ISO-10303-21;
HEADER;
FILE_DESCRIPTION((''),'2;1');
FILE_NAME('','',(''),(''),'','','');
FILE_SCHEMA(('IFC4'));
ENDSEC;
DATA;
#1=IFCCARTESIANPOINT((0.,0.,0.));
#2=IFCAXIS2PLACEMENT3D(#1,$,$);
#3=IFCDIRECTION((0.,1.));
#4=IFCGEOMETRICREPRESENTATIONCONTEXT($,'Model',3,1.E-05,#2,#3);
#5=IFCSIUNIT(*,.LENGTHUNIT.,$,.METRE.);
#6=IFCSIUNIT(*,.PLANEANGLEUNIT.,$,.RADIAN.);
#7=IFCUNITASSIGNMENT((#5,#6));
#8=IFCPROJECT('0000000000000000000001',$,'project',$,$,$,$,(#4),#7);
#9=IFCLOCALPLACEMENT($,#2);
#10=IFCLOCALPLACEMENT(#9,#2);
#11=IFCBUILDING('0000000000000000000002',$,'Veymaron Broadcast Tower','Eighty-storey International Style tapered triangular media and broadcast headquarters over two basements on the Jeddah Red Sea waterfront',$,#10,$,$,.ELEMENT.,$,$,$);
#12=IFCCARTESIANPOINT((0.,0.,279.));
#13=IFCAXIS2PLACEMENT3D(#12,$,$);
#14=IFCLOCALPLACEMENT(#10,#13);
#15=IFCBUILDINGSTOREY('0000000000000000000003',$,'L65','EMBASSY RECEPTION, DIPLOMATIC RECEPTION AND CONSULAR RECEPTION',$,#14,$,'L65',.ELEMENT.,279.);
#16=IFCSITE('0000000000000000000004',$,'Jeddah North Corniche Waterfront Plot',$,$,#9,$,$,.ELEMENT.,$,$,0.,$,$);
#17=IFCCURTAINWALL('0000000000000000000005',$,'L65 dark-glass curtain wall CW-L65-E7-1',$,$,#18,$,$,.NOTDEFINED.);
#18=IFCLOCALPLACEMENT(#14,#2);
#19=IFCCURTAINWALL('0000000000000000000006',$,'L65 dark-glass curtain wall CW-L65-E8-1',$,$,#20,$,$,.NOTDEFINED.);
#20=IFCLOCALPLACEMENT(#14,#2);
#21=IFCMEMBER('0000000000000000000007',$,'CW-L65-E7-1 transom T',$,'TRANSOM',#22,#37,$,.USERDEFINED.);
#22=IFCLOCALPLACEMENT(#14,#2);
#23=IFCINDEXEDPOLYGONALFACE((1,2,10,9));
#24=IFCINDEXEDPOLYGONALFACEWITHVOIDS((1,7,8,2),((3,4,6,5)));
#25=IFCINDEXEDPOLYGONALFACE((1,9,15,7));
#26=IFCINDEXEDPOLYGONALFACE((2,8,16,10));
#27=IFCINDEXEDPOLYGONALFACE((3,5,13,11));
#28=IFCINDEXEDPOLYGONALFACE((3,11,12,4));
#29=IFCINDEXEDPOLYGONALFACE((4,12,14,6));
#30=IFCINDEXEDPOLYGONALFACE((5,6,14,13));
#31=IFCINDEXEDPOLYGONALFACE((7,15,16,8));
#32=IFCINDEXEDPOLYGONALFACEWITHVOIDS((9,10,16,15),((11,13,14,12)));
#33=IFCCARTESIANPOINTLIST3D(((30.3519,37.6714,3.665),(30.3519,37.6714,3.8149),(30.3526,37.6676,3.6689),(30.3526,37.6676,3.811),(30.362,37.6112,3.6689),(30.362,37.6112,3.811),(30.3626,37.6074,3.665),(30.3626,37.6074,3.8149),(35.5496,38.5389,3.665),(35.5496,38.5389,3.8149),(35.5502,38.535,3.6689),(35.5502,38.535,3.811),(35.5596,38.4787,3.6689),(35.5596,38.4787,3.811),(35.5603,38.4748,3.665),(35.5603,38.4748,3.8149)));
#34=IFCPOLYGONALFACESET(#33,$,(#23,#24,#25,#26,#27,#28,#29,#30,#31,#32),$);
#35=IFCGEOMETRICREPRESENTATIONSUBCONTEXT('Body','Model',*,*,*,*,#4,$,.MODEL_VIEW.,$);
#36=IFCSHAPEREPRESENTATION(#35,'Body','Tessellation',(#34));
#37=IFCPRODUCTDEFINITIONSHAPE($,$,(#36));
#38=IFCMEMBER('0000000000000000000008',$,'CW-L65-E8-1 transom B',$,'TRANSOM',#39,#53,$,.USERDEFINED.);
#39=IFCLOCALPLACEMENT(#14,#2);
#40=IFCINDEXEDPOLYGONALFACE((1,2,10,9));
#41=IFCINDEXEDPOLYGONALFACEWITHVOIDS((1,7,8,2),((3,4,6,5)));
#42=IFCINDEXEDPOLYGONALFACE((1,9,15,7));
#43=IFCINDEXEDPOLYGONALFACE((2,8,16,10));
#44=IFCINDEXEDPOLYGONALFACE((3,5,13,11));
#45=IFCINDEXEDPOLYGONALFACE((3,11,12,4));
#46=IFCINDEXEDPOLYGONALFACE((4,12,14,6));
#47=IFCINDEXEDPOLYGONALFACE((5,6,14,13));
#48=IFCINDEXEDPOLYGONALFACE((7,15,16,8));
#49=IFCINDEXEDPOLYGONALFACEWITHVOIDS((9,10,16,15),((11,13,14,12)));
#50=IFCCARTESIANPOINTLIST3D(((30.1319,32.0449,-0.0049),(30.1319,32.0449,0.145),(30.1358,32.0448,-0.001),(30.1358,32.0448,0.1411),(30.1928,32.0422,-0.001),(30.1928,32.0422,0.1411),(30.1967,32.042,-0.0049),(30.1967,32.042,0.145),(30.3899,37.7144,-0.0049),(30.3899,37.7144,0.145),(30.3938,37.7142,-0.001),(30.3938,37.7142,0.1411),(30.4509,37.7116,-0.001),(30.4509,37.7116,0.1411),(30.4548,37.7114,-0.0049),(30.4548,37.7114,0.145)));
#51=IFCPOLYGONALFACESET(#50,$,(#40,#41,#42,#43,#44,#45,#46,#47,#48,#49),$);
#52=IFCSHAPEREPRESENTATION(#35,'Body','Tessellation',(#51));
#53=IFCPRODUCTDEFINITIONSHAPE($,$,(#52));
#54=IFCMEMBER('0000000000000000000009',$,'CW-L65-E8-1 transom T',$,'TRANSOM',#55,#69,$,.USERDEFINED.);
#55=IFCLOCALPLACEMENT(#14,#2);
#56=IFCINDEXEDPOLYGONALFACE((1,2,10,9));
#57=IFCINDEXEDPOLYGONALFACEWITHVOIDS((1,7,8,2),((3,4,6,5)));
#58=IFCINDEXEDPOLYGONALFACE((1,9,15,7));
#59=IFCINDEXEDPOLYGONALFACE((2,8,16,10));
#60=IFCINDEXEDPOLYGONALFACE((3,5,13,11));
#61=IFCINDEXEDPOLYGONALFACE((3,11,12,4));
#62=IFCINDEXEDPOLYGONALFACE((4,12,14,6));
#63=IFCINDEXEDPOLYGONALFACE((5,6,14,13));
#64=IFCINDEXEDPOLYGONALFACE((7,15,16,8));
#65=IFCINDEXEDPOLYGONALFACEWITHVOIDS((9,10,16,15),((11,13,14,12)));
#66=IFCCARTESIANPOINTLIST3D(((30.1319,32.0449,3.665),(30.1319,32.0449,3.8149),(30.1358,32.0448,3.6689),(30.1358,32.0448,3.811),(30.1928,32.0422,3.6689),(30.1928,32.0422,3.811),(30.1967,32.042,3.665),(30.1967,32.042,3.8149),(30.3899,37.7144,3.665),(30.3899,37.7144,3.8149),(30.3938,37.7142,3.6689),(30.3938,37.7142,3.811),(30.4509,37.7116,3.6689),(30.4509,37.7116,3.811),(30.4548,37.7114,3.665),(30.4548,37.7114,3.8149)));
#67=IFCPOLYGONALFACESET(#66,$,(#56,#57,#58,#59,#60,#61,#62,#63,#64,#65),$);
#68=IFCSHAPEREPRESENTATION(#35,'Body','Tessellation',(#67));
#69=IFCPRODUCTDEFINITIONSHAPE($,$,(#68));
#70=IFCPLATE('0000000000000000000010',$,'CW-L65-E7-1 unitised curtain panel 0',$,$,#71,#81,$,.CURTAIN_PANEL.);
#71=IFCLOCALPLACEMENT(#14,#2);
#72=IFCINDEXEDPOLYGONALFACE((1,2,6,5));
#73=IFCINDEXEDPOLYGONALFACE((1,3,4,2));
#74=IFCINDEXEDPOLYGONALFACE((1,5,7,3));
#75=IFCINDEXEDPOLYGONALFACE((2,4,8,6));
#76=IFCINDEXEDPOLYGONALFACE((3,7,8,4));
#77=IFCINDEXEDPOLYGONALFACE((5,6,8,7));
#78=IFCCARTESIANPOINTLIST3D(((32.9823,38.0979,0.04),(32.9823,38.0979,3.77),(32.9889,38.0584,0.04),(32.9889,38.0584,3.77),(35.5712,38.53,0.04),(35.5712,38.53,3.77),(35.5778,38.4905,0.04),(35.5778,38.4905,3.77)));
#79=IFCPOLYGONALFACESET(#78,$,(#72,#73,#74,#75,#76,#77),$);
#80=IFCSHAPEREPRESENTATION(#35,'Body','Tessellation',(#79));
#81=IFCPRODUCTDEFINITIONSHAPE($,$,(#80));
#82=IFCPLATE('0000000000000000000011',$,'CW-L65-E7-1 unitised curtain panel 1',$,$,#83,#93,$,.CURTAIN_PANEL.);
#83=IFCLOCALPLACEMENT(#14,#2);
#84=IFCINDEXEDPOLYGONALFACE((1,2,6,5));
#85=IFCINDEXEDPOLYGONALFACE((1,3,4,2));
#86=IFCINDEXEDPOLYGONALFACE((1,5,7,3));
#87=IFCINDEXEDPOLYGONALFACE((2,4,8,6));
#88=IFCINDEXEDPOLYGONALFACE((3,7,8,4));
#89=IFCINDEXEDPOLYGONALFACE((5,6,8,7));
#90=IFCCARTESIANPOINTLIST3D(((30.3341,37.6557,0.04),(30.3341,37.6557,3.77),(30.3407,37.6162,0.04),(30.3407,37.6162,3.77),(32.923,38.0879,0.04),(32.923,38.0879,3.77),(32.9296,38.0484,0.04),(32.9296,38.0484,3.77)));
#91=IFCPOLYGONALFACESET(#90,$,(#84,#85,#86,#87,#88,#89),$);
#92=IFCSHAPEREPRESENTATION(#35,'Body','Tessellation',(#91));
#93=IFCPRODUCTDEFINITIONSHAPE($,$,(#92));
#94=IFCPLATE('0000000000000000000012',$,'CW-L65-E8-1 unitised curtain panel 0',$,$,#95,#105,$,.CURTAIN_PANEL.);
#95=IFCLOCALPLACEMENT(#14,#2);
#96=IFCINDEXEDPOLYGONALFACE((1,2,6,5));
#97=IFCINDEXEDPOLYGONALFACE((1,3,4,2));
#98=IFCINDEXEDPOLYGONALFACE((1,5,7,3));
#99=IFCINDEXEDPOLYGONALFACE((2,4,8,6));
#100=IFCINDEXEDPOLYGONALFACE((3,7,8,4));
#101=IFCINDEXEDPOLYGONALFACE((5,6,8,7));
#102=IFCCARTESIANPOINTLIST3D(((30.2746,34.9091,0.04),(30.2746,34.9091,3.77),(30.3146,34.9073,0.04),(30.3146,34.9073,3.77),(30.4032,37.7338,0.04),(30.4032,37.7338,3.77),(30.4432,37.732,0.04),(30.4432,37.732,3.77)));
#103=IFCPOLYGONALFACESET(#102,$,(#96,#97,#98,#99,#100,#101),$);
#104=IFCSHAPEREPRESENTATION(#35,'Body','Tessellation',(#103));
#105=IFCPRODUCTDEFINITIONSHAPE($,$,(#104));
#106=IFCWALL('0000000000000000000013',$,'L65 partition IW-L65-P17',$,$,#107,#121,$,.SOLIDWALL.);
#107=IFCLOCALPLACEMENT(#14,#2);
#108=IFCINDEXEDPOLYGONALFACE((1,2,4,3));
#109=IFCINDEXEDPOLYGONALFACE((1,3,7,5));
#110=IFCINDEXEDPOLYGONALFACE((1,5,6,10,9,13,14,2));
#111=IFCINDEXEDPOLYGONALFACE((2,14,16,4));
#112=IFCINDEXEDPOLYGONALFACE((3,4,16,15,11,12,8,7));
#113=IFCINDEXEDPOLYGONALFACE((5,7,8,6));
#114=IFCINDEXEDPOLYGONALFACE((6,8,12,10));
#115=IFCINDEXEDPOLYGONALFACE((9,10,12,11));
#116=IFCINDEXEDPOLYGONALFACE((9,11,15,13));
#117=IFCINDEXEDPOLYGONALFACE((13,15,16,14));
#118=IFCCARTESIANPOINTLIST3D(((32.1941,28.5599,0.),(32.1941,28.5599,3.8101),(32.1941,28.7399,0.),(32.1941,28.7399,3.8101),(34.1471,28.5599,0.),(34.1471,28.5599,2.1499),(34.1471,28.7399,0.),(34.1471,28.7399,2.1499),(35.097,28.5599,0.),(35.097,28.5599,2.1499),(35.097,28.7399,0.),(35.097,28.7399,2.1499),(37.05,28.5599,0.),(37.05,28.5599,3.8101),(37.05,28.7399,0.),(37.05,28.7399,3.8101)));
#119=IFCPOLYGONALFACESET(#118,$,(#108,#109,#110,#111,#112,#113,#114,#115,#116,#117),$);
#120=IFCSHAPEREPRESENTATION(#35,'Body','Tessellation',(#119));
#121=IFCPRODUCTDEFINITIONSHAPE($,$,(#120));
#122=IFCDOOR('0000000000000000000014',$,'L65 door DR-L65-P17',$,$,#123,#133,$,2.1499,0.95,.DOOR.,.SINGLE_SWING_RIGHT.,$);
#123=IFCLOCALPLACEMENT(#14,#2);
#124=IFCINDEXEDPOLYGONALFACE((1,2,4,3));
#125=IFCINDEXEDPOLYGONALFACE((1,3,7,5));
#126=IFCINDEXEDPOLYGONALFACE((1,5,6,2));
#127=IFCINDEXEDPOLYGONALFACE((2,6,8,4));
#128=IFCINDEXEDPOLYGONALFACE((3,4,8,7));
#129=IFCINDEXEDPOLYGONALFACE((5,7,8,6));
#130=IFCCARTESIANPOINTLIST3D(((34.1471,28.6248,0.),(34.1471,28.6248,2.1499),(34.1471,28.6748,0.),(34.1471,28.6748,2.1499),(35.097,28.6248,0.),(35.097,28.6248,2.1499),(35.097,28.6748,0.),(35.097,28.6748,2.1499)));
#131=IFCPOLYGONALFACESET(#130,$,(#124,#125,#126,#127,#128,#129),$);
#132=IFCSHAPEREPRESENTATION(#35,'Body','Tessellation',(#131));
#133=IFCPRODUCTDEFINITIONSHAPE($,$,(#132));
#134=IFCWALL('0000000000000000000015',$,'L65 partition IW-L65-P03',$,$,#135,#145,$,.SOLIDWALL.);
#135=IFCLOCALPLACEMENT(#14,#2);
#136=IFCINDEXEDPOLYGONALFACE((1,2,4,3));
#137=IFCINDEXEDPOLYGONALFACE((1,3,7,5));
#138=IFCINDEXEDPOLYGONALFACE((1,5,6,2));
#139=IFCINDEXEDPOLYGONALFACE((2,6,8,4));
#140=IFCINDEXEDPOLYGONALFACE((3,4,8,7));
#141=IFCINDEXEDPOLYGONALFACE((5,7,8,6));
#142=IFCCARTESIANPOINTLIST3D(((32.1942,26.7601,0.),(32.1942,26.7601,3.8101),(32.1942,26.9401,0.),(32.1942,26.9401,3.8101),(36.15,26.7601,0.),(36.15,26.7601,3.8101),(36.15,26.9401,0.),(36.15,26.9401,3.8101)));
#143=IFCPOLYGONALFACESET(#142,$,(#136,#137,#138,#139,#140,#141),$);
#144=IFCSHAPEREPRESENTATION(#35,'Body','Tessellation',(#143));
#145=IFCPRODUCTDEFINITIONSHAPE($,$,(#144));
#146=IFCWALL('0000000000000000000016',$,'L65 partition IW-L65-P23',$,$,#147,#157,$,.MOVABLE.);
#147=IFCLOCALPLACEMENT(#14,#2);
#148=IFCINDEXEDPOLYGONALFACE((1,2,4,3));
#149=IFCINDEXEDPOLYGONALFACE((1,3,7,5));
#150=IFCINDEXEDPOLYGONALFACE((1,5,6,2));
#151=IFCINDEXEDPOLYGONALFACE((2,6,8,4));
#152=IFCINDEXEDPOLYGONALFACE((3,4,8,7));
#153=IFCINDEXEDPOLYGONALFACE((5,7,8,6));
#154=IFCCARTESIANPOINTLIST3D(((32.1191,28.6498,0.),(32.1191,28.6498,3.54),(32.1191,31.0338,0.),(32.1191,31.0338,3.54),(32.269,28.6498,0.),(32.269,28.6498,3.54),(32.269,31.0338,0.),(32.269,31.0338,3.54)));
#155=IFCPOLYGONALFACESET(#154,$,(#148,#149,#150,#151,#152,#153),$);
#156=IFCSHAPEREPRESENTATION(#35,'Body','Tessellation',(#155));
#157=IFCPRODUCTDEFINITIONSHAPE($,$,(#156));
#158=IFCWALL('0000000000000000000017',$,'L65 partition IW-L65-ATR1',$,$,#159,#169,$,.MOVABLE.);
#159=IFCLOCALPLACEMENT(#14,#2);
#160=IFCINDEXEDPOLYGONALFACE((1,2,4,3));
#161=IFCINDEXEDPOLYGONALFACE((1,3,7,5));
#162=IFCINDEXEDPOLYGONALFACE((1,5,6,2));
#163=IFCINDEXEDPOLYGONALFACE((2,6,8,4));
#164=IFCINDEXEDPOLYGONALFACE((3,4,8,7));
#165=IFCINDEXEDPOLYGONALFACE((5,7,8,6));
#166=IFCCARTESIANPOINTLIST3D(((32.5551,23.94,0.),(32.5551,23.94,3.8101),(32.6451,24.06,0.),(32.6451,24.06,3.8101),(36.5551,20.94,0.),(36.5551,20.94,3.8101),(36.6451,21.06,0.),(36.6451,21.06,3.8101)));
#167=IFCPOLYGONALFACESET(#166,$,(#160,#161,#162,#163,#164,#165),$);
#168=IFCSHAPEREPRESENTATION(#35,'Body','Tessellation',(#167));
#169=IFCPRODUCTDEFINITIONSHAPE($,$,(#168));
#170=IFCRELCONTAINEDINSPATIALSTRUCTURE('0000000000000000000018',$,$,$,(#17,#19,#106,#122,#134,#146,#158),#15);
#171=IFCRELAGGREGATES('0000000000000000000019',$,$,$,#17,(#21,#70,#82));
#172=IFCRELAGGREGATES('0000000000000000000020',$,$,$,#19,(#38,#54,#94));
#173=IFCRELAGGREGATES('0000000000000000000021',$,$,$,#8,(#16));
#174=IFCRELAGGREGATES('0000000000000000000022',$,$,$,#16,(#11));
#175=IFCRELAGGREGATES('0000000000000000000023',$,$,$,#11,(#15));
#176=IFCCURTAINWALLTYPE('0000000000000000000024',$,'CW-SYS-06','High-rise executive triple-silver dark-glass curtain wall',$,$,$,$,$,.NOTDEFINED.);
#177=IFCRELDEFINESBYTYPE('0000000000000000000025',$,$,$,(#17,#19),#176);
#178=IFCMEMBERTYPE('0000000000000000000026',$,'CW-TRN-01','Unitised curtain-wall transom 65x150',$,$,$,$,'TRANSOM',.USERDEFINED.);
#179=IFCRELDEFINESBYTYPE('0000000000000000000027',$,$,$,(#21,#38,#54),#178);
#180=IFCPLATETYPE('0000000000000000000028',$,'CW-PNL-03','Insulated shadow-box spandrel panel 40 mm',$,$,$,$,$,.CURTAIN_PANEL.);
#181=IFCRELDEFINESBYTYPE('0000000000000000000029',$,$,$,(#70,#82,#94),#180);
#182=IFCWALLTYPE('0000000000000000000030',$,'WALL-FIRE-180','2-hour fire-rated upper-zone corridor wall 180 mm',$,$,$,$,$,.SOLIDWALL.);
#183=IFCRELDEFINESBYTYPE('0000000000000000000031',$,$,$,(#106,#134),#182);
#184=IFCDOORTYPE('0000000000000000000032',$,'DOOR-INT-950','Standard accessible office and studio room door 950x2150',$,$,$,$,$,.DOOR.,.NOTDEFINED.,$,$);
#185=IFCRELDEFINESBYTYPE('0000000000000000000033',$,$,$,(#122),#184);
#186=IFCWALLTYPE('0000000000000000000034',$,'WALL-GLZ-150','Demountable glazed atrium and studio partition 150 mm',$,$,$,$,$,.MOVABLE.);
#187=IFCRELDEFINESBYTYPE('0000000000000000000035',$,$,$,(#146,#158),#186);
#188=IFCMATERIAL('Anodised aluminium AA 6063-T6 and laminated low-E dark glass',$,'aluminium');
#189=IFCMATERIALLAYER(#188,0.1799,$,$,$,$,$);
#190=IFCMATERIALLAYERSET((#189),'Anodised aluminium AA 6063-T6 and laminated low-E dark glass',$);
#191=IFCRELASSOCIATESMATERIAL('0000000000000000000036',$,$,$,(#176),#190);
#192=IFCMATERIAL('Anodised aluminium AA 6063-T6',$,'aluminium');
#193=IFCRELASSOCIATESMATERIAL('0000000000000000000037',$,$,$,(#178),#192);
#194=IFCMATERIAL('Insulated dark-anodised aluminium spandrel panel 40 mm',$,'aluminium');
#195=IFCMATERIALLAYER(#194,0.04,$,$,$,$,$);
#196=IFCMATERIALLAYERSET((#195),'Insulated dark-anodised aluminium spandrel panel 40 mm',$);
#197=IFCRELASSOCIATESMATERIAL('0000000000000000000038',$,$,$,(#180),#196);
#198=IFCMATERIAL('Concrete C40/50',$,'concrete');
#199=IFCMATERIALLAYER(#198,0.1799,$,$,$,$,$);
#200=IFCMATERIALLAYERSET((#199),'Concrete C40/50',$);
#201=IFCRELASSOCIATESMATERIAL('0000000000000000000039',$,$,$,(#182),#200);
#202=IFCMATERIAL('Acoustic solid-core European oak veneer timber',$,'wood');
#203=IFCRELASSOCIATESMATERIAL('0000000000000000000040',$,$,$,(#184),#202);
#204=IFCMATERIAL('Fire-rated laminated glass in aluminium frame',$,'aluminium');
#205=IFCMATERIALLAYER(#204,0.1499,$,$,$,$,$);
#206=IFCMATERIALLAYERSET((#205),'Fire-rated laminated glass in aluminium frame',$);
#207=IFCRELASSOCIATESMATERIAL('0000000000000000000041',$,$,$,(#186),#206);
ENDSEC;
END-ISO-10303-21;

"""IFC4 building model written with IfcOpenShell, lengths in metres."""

from ifc_helpers import new_model, si_unit, direction, frame, frame_2d, origin, origin_2d, place, context, subcontext, project, spatial, rectangle, hollow_rectangle, extrude, material, layer, layer_set, material_profile, profile_set, type_object, element, fill, aggregate, save


model = new_model("IFC4")

# Units and contexts
model_context = context("Model", 3, precision=1e-05, world=origin(), true_north=direction((0.0, 1.0)))
body_context = subcontext(model_context, "Body", "Model", "MODEL_VIEW")
ifc_project = project(units=[si_unit("LENGTHUNIT", "METRE"), si_unit("PLANEANGLEUNIT", "RADIAN")], contexts=[model_context])

# Site, building, storey
site_placement = place(None, origin())
site = spatial("IfcSite", under=ifc_project, at=site_placement, Name="Jeddah North Corniche Waterfront Plot", CompositionType="ELEMENT", RefElevation=0.0)
building_placement = place(site_placement, origin())
building = spatial("IfcBuilding", under=site, at=building_placement, Name="Veymaron Broadcast Tower", Description="Eighty-storey International Style tapered triangular media and broadcast headquarters over two basements on the Jeddah Red Sea waterfront", CompositionType="ELEMENT")
storey_placement = place(building_placement, frame((0.0, 0.0, 279.0)))
storey = spatial("IfcBuildingStorey", under=building, at=storey_placement, Name="L65", Description="EMBASSY RECEPTION, DIPLOMATIC RECEPTION AND CONSULAR RECEPTION", LongName="L65", CompositionType="ELEMENT", Elevation=279.0)

# Shared definitions
ifc_material_1 = material(Name="Anodised aluminium AA 6063-T6 and laminated low-E dark glass", Category="aluminium")
ifc_layer_1 = layer(ifc_material_1, 0.1799)
ifc_layer_set_1 = layer_set([ifc_layer_1], Name="Anodised aluminium AA 6063-T6 and laminated low-E dark glass")
curtain_wall_type = type_object("IfcCurtainWallType", Name="CW-SYS-06", Description="High-rise executive triple-silver dark-glass curtain wall", PredefinedType="NOTDEFINED", material=ifc_layer_set_1)
ifc_material_2 = material(Name="Anodised aluminium AA 6063-T6", Category="aluminium")

# Curtain walls
curtain_wall_1_placement = place(storey_placement, origin())
curtain_wall_1 = element("IfcCurtainWall", 1, at=curtain_wall_1_placement, inside=storey, type_object=curtain_wall_type, Name="L65 dark-glass curtain wall CW-L65-E7-1", PredefinedType="NOTDEFINED")
curtain_wall_2_placement = place(storey_placement, origin())
curtain_wall_2 = element("IfcCurtainWall", 2, at=curtain_wall_2_placement, inside=storey, type_object=curtain_wall_type, Name="L65 dark-glass curtain wall CW-L65-E8-1", PredefinedType="NOTDEFINED")

# Members
ifc_material_profile_1 = material_profile(ifc_material_2, hollow_rectangle(XDim=0.0649, YDim=0.1499, WallThickness=0.0039, at=origin_2d()), Name="AL150X65X4")
ifc_profile_set_1 = profile_set([ifc_material_profile_1], Name="Anodised aluminium AA 6063-T6")
member_type_1 = type_object("IfcMemberType", Name="CW-TRN-01", Description="Unitised curtain-wall transom 65x150", ElementType="TRANSOM", PredefinedType="USERDEFINED", material=ifc_profile_set_1)
member_1_placement = place(storey_placement, frame((35.5549, 38.5068, 3.74), z_axis=(-0.986359, -0.164609, 0.0), x_axis=(0.164609, -0.986359, 0.0)))
member_1 = element("IfcMember", 3, at=member_1_placement, type_object=member_type_1, Name="CW-L65-E7-1 transom T", ObjectType="TRANSOM", PredefinedType="USERDEFINED", context=body_context, shape_type="SweptSolid", body=[
    extrude(hollow_rectangle(XDim=0.0649, YDim=0.1499, WallThickness=0.0039, at=origin_2d()), origin(), (0.0, 0.0, 1.0), 5.2695),
])
member_2_placement = place(storey_placement, frame((30.4224, 37.7129, 0.0701), z_axis=(-0.04547, -0.998966, 0.0), x_axis=(0.998966, -0.04547, 0.0)))
member_2 = element("IfcMember", 4, at=member_2_placement, type_object=member_type_1, Name="CW-L65-E8-1 transom B", ObjectType="TRANSOM", PredefinedType="USERDEFINED", context=body_context, shape_type="SweptSolid", body=[
    extrude(hollow_rectangle(XDim=0.0649, YDim=0.1499, WallThickness=0.0039, at=origin_2d()), origin(), (0.0, 0.0, 1.0), 5.6753),
])
member_3_placement = place(storey_placement, frame((30.4224, 37.7129, 3.74), z_axis=(-0.04547, -0.998966, 0.0), x_axis=(0.998966, -0.04547, 0.0)))
member_3 = element("IfcMember", 5, at=member_3_placement, type_object=member_type_1, Name="CW-L65-E8-1 transom T", ObjectType="TRANSOM", PredefinedType="USERDEFINED", context=body_context, shape_type="SweptSolid", body=[
    extrude(hollow_rectangle(XDim=0.0649, YDim=0.1499, WallThickness=0.0039, at=origin_2d()), origin(), (0.0, 0.0, 1.0), 5.6753),
])

# Plates
ifc_material_3 = material(Name="Insulated dark-anodised aluminium spandrel panel 40 mm", Category="aluminium")
ifc_layer_2 = layer(ifc_material_3, 0.04)
ifc_layer_set_2 = layer_set([ifc_layer_2], Name="Insulated dark-anodised aluminium spandrel panel 40 mm")
plate_type = type_object("IfcPlateType", Name="CW-PNL-03", Description="Insulated shadow-box spandrel panel 40 mm", PredefinedType="CURTAIN_PANEL", material=ifc_layer_set_2)
plate_1_placement = place(storey_placement, frame((34.28, 38.2942, 0.04), z_axis=(0.0, 0.0, 1.0), x_axis=(-0.986355, -0.164634, 0.0)))
plate_1 = element("IfcPlate", 6, at=plate_1_placement, type_object=plate_type, Name="CW-L65-E7-1 unitised curtain panel 0", PredefinedType="CURTAIN_PANEL", context=body_context, shape_type="SweptSolid", body=[
    extrude(rectangle(XDim=2.6248, YDim=0.04, at=origin_2d()), origin(), (0.0, 0.0, 1.0), 3.73),
])
plate_2_placement = place(storey_placement, frame((31.6318, 37.8521, 0.04), z_axis=(0.0, 0.0, 1.0), x_axis=(-0.986355, -0.164634, 0.0)))
plate_2 = element("IfcPlate", 7, at=plate_2_placement, type_object=plate_type, Name="CW-L65-E7-1 unitised curtain panel 1", PredefinedType="CURTAIN_PANEL", context=body_context, shape_type="SweptSolid", body=[
    extrude(rectangle(XDim=2.6248, YDim=0.04, at=origin_2d()), origin(), (0.0, 0.0, 1.0), 3.73),
])
aggregate(curtain_wall_1, [member_1, plate_1, plate_2])
plate_3_placement = place(storey_placement, frame((30.3589, 36.3206, 0.04), z_axis=(0.0, 0.0, 1.0), x_axis=(-0.045502, -0.998964, 0.0)))
plate_3 = element("IfcPlate", 8, at=plate_3_placement, type_object=plate_type, Name="CW-L65-E8-1 unitised curtain panel 0", PredefinedType="CURTAIN_PANEL", context=body_context, shape_type="SweptSolid", body=[
    extrude(rectangle(XDim=2.8276, YDim=0.04, at=origin_2d()), origin(), (0.0, 0.0, 1.0), 3.73),
])
aggregate(curtain_wall_2, [member_2, member_3, plate_3])

# Wall, opening, door
ifc_material_4 = material(Name="Concrete C40/50", Category="concrete")
ifc_layer_3 = layer(ifc_material_4, 0.1799)
ifc_layer_set_3 = layer_set([ifc_layer_3], Name="Concrete C40/50")
wall_type_1 = type_object("IfcWallType", Name="WALL-FIRE-180", Description="2-hour fire-rated upper-zone corridor wall 180 mm", PredefinedType="SOLIDWALL", material=ifc_layer_set_3)
wall_1_placement = place(storey_placement, frame((32.1941, 28.6499, 0.0), z_axis=(0.0, 0.0, 1.0), x_axis=(1.0, 0.0, 0.0)))
wall_1 = element("IfcWall", 9, at=wall_1_placement, inside=storey, type_object=wall_type_1, Name="L65 partition IW-L65-P17", PredefinedType="SOLIDWALL", context=body_context, shape_type="SweptSolid", body=[
    extrude(rectangle(XDim=4.856, YDim=0.1799, at=frame_2d((2.428, 0.0))), origin(), (0.0, 0.0, 1.0), 3.8101),
])
opening_placement = place(wall_1_placement, frame((1.9529, 0.0, 0.0)))
opening = element("IfcOpeningElement", 10, at=opening_placement, cuts=wall_1, PredefinedType="OPENING", context=body_context, shape_type="SweptSolid", body=[
    extrude(rectangle(XDim=0.95, YDim=2.1499, at=frame_2d((0.4751, 1.075))), frame((0.0, 0.1001, 0.0), z_axis=(0.0, -1.0, 0.0), x_axis=(1.0, 0.0, 0.0)), (0.0, 0.0, 1.0), 0.2),
])
ifc_material_5 = material(Name="Acoustic solid-core European oak veneer timber", Category="wood")
door_type = type_object("IfcDoorType", Name="DOOR-INT-950", Description="Standard accessible office and studio room door 950x2150", OperationType="NOTDEFINED", PredefinedType="DOOR", material=ifc_material_5)
door_placement = place(opening_placement, origin())
door = element("IfcDoor", 11, at=door_placement, inside=storey, type_object=door_type, Name="L65 door DR-L65-P17", OperationType="SINGLE_SWING_RIGHT", OverallHeight=2.1499, OverallWidth=0.95, PredefinedType="DOOR", context=body_context, shape_type="SweptSolid", body=[
    extrude(rectangle(XDim=0.95, YDim=2.1499, at=frame_2d((0.4751, 1.075))), frame((0.0, 0.0249, 0.0), z_axis=(0.0, -1.0, 0.0), x_axis=(1.0, 0.0, 0.0)), (0.0, 0.0, 1.0), 0.05),
])
fill(opening, door)

# Walls
wall_2_placement = place(storey_placement, frame((32.1941, 26.8501, 0.0), z_axis=(0.0, 0.0, 1.0), x_axis=(1.0, 0.0, 0.0)))
element("IfcWall", 12, at=wall_2_placement, inside=storey, type_object=wall_type_1, Name="L65 partition IW-L65-P03", PredefinedType="SOLIDWALL", context=body_context, shape_type="SweptSolid", body=[
    extrude(rectangle(XDim=3.9558, YDim=0.1799, at=frame_2d((1.978, 0.0))), origin(), (0.0, 0.0, 1.0), 3.8101),
])
ifc_material_6 = material(Name="Fire-rated laminated glass in aluminium frame", Category="aluminium")
ifc_layer_4 = layer(ifc_material_6, 0.1499)
ifc_layer_set_4 = layer_set([ifc_layer_4], Name="Fire-rated laminated glass in aluminium frame")
wall_type_2 = type_object("IfcWallType", Name="WALL-GLZ-150", Description="Demountable glazed atrium and studio partition 150 mm", PredefinedType="MOVABLE", material=ifc_layer_set_4)
wall_3_placement = place(storey_placement, frame((32.1941, 28.6499, 0.0), z_axis=(0.0, 0.0, 1.0), x_axis=(0.0, 1.0, 0.0)))
element("IfcWall", 13, at=wall_3_placement, inside=storey, type_object=wall_type_2, Name="L65 partition IW-L65-P23", PredefinedType="MOVABLE", context=body_context, shape_type="SweptSolid", body=[
    extrude(rectangle(XDim=2.384, YDim=0.1499, at=frame_2d((1.1919, 0.0))), origin(), (0.0, 0.0, 1.0), 3.54),
])
wall_4_placement = place(storey_placement, frame((32.6001, 24.0, 0.0), z_axis=(0.0, 0.0, 1.0), x_axis=(0.8, -0.6, 0.0)))
element("IfcWall", 14, at=wall_4_placement, inside=storey, type_object=wall_type_2, Name="L65 partition IW-L65-ATR1", PredefinedType="MOVABLE", context=body_context, shape_type="SweptSolid", body=[
    extrude(rectangle(XDim=5.0, YDim=0.1499, at=frame_2d((2.5, 0.0))), origin(), (0.0, 0.0, 1.0), 3.8101),
])

save(model, "model.ifc")
